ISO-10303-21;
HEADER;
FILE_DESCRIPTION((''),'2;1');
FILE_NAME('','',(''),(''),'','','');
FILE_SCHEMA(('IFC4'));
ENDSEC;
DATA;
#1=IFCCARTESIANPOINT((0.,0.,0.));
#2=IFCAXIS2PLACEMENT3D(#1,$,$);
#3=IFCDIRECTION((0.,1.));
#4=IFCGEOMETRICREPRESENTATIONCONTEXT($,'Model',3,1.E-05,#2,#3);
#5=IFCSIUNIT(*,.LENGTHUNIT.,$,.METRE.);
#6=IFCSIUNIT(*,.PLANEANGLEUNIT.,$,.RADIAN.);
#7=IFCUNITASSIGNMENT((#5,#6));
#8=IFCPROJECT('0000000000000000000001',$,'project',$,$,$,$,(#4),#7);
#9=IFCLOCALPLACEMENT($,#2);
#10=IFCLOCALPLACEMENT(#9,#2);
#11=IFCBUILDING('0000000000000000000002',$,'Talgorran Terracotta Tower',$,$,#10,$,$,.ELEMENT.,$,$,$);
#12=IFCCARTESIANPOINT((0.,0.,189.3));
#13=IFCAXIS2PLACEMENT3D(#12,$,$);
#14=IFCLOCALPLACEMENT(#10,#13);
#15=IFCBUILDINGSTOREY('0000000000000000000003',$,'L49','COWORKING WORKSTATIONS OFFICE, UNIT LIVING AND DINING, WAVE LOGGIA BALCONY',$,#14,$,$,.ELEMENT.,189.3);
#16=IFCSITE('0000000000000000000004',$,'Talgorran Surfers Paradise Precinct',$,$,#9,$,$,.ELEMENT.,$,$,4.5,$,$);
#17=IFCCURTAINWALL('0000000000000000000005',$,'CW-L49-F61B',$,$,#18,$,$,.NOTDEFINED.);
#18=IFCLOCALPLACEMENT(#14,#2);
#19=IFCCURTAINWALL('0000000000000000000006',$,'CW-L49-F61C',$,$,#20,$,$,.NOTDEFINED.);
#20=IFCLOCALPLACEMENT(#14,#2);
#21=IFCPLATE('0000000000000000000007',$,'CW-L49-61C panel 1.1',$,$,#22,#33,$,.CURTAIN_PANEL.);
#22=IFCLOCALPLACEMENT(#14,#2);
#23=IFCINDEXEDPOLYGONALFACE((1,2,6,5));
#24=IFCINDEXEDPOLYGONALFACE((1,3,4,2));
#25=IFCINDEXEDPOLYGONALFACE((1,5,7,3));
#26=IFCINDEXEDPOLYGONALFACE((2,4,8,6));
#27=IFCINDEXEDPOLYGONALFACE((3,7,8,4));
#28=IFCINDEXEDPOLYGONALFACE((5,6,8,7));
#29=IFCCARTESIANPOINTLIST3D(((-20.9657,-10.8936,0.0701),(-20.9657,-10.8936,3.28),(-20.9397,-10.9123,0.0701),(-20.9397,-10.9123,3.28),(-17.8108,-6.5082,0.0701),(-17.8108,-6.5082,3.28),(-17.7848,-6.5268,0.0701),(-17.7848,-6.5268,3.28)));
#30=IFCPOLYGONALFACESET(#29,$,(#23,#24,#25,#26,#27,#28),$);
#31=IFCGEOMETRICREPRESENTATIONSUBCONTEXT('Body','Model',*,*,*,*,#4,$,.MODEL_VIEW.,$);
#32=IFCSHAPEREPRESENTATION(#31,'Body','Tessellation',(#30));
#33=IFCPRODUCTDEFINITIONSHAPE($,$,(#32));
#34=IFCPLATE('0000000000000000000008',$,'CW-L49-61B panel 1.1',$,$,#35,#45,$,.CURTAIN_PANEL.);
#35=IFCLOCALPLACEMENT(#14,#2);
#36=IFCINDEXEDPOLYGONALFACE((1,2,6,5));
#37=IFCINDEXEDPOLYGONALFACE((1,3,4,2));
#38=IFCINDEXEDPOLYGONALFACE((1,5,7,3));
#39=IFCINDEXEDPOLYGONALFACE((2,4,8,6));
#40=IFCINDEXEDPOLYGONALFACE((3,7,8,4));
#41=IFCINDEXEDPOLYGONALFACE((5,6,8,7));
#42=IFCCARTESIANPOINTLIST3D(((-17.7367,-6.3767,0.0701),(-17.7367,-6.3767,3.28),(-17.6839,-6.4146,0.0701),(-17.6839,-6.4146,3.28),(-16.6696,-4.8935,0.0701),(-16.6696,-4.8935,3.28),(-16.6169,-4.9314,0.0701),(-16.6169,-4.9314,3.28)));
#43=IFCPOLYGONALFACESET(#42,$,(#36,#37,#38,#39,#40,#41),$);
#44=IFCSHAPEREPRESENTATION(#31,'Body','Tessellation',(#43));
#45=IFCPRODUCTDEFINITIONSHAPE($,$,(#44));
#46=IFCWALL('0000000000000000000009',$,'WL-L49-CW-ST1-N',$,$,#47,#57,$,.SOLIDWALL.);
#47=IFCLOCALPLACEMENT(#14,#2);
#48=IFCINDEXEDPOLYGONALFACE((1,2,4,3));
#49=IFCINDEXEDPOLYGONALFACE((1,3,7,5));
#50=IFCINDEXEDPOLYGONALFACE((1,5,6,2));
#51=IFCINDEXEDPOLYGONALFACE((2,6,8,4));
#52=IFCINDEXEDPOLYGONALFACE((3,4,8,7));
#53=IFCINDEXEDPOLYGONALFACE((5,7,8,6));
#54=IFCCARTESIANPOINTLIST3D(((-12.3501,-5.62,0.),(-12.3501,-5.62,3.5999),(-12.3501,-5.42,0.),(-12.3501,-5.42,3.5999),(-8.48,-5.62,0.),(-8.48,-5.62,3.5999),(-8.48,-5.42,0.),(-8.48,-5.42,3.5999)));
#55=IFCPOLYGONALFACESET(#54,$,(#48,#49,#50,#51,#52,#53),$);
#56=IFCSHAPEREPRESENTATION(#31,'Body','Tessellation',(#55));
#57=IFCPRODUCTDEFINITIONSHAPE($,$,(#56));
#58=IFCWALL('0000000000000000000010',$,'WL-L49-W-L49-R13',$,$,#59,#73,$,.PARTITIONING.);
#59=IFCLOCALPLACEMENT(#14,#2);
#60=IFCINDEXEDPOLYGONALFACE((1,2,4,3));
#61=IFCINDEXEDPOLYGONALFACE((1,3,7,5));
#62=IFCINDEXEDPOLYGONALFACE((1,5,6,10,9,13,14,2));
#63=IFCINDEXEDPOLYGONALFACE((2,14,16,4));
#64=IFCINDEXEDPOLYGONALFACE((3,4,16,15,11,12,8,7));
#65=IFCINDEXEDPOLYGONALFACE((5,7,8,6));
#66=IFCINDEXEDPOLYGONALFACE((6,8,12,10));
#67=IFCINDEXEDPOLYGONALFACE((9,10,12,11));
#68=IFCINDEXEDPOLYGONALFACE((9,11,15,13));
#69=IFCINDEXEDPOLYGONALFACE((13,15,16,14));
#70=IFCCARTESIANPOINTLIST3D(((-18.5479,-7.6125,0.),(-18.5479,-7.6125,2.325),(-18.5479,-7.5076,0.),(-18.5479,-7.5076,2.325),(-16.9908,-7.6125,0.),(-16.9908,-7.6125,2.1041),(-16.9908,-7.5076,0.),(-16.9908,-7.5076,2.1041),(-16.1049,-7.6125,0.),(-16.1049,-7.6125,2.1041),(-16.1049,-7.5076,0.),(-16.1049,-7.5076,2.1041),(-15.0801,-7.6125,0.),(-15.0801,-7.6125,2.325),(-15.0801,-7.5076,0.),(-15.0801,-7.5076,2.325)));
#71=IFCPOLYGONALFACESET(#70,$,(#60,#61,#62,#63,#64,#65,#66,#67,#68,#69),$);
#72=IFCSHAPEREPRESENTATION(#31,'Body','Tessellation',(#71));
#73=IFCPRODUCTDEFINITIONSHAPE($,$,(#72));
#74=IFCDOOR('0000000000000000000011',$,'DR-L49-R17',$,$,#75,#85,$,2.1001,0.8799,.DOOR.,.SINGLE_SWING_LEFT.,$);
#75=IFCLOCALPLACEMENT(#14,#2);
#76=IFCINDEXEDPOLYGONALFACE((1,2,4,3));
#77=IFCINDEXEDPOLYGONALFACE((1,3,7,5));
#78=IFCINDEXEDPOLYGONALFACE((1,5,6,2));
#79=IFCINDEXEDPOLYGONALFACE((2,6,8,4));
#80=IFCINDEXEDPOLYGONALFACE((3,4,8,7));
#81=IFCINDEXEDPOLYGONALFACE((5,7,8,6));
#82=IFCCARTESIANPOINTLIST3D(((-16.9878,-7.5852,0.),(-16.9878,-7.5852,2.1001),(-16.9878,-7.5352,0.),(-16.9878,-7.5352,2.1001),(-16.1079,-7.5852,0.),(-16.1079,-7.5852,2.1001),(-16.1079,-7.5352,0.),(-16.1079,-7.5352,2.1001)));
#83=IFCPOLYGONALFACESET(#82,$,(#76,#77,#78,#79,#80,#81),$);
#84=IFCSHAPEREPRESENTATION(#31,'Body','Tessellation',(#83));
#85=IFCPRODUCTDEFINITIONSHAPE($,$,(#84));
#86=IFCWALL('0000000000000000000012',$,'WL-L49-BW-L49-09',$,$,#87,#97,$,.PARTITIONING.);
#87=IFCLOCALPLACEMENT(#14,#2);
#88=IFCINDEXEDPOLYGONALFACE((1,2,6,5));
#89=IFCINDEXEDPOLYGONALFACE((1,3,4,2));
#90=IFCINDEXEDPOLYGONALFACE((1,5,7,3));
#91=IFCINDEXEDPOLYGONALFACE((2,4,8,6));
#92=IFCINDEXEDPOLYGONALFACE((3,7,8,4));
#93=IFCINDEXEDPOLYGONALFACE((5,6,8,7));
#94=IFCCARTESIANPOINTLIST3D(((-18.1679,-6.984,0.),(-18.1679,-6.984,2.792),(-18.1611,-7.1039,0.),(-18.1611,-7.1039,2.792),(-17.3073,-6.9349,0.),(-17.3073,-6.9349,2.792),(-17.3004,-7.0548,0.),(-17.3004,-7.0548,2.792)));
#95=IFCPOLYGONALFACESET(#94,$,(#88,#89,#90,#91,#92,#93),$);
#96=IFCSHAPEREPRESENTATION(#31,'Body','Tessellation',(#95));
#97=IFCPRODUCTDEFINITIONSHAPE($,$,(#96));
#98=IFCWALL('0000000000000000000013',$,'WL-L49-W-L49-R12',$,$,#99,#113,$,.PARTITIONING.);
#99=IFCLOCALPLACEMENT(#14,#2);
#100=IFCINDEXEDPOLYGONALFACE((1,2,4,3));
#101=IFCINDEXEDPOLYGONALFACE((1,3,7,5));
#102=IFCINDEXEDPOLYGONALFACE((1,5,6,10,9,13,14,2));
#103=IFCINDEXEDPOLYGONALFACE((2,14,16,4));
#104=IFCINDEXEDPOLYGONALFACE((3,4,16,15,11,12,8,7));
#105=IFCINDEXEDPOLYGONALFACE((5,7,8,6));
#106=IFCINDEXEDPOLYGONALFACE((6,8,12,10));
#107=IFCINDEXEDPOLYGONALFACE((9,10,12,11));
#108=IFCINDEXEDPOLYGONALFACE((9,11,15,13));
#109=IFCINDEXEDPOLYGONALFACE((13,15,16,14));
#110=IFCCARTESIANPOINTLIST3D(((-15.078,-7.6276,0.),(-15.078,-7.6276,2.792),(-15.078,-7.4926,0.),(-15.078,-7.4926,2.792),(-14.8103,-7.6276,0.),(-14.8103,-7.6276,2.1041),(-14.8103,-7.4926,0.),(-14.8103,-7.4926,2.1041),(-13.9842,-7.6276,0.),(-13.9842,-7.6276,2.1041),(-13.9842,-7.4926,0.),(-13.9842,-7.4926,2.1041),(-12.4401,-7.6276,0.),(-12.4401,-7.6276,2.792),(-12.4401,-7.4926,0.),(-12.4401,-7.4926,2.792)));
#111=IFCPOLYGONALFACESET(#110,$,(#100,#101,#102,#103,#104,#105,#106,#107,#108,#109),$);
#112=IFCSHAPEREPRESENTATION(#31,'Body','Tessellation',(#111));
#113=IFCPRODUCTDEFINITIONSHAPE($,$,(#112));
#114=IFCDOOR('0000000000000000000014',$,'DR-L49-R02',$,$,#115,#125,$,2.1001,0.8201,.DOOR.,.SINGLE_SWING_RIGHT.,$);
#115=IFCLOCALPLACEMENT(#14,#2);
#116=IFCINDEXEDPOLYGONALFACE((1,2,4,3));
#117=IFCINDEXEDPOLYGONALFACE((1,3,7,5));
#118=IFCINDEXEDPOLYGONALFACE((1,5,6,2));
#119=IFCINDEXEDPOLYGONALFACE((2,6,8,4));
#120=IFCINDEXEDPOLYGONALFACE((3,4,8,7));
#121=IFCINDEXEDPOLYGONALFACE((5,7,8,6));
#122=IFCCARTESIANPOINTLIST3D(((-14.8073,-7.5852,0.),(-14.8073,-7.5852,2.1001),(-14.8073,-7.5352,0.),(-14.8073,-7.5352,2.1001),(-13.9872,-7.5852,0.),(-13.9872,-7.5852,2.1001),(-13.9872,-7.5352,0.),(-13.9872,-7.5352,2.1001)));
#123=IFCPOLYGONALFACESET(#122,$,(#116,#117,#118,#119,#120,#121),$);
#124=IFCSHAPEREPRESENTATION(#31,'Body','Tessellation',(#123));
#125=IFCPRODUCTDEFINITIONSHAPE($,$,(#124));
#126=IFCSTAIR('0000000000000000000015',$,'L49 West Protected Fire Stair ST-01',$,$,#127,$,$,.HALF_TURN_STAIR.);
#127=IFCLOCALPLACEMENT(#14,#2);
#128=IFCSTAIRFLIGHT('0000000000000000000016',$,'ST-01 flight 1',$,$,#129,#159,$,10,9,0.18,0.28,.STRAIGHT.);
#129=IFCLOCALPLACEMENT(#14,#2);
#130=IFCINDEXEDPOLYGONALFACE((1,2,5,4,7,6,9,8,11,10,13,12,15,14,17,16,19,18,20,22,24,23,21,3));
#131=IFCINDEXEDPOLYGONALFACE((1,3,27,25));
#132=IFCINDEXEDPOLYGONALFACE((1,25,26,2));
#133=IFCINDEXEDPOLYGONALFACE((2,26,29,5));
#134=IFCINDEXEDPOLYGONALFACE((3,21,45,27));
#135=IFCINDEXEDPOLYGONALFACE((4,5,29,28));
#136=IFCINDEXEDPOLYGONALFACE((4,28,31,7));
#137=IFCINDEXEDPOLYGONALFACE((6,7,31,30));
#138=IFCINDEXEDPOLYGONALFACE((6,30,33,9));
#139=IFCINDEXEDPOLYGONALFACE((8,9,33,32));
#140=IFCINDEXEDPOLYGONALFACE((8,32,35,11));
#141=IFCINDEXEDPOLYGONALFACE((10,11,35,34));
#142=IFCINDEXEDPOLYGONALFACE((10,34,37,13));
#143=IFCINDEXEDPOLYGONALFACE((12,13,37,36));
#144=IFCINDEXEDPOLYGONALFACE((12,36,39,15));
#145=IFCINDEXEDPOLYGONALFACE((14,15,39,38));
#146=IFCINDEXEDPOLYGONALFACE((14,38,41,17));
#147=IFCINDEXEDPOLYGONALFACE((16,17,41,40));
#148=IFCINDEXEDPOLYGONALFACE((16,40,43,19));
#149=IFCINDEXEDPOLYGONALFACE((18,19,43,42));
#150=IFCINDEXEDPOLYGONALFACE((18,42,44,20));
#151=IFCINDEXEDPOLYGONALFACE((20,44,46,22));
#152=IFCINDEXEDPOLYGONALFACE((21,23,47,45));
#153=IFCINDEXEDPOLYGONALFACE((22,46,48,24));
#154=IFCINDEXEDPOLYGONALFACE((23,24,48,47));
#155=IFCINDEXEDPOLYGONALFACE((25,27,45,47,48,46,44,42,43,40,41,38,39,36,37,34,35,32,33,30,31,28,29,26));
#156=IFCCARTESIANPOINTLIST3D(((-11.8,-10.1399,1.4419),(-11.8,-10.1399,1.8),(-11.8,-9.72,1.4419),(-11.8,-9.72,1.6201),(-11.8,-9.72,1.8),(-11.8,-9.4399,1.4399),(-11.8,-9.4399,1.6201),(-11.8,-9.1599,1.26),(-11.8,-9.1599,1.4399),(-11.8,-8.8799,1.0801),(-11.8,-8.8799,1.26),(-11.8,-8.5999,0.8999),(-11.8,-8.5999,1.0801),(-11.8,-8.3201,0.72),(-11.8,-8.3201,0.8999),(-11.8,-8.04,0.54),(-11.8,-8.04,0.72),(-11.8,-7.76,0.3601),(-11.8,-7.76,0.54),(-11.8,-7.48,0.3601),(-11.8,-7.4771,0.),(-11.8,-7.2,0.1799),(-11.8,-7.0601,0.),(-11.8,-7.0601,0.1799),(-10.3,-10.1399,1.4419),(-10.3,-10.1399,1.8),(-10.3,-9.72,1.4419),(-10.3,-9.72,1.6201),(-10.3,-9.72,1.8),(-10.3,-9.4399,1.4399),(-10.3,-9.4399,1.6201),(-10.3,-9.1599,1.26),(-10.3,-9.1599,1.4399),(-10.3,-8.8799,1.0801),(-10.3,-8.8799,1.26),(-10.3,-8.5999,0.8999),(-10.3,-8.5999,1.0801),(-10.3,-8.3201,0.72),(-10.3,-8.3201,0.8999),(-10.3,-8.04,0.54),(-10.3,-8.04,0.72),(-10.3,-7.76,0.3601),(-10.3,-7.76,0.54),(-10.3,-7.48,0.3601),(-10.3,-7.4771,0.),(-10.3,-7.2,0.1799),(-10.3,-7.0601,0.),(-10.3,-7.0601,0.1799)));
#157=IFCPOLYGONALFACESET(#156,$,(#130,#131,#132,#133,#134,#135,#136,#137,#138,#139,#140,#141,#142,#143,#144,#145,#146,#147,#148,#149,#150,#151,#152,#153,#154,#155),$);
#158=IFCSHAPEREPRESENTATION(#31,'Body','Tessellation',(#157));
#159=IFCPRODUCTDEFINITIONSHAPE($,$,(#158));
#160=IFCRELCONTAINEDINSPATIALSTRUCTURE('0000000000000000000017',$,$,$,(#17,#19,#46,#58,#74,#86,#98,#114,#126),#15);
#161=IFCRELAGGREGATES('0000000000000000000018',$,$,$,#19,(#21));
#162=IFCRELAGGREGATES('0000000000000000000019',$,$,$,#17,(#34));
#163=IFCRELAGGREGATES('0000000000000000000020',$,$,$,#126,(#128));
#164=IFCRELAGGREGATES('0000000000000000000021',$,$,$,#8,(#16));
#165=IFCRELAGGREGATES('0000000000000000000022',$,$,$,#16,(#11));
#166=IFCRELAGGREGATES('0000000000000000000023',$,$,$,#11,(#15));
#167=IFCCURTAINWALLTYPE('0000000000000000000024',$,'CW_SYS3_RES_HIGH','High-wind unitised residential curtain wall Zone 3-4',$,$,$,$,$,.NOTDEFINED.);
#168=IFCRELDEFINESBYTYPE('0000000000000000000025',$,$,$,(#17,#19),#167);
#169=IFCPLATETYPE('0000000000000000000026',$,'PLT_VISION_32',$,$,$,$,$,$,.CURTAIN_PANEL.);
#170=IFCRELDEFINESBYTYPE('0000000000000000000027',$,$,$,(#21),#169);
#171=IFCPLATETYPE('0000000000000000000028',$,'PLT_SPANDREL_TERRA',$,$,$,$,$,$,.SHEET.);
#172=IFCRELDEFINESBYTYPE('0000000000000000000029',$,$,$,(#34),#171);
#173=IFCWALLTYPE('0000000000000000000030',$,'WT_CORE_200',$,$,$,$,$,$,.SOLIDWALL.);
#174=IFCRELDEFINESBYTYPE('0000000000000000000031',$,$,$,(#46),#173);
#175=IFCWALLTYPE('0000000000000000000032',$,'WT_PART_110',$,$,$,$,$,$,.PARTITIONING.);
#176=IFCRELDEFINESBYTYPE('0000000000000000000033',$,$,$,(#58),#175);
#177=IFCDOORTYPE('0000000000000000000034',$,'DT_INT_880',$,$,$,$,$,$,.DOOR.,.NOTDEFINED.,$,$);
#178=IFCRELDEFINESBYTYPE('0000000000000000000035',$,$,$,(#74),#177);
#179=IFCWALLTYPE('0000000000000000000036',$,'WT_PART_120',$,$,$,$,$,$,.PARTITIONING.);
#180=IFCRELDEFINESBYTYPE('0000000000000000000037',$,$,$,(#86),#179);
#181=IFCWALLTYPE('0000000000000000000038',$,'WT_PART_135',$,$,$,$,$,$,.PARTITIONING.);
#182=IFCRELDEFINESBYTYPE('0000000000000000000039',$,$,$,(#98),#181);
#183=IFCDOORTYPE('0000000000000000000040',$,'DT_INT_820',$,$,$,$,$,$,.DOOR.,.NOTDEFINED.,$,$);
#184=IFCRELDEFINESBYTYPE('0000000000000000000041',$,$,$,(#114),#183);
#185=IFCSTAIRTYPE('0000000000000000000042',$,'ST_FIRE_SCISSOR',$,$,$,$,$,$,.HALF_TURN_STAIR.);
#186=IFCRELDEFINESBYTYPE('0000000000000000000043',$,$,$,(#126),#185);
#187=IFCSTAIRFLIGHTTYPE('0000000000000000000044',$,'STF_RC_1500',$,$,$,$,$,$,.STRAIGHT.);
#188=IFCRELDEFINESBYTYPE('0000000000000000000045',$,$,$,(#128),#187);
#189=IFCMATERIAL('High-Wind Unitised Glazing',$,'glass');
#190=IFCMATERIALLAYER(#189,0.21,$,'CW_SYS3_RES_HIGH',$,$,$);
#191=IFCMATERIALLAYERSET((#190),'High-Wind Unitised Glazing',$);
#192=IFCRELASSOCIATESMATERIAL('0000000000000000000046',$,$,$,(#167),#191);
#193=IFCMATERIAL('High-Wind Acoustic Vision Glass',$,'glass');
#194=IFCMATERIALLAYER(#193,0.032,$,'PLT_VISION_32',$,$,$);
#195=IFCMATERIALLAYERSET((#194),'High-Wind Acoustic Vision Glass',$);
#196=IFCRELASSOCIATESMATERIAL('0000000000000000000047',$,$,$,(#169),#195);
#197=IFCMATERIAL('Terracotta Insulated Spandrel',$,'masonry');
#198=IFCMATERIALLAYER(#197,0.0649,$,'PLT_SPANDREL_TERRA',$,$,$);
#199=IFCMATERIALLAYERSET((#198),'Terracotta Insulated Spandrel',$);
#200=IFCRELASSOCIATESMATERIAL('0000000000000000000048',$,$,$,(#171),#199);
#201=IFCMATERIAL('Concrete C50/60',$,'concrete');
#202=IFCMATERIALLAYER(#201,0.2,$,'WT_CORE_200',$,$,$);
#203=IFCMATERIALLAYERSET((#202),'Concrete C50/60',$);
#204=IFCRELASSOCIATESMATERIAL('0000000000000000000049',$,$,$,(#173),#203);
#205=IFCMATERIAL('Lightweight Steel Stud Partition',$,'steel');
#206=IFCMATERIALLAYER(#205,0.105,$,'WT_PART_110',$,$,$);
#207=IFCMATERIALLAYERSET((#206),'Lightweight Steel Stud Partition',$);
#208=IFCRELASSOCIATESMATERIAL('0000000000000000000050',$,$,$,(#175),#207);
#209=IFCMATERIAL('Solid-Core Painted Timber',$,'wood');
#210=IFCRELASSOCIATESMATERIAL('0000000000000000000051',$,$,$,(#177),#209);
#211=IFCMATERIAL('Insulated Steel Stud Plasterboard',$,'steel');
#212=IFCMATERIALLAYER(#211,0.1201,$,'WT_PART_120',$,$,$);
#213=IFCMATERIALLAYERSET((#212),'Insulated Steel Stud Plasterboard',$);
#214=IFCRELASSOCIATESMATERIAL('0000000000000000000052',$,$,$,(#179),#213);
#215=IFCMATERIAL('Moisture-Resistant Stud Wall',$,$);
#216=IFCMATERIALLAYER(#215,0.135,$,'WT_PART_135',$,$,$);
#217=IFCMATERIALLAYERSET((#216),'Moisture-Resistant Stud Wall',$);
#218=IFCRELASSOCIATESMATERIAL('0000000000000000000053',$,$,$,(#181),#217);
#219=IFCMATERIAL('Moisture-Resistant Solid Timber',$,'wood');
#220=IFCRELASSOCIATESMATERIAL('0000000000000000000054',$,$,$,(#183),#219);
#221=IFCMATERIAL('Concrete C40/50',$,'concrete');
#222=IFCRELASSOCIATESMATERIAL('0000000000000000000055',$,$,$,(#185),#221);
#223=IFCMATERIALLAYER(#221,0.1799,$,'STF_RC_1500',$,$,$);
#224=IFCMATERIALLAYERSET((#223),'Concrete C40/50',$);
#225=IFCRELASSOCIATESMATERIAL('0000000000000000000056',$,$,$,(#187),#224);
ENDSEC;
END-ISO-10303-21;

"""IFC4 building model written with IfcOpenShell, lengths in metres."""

from ifc_helpers import new_model, si_unit, direction, frame, frame_2d, origin, origin_2d, place, context, subcontext, project, spatial, polyline, rectangle, outline, extrude, source, transform, mapped, material, layer, layer_set, type_object, type_shapes, element, fill, aggregate, save


model = new_model("IFC4")

# Units and contexts
model_context = context("Model", 3, precision=1e-05, world=origin(), true_north=direction((0.0, 1.0)))
body_context = subcontext(model_context, "Body", "Model", "MODEL_VIEW")
ifc_project = project(units=[si_unit("LENGTHUNIT", "METRE"), si_unit("PLANEANGLEUNIT", "RADIAN")], contexts=[model_context])

# Site, building, storey
site_placement = place(None, origin())
site = spatial("IfcSite", under=ifc_project, at=site_placement, Name="Talgorran Surfers Paradise Precinct", CompositionType="ELEMENT", RefElevation=4.5)
building_placement = place(site_placement, origin())
building = spatial("IfcBuilding", under=site, at=building_placement, Name="Talgorran Terracotta Tower", CompositionType="ELEMENT")
storey_placement = place(building_placement, frame((0.0, 0.0, 189.3)))
storey = spatial("IfcBuildingStorey", under=building, at=storey_placement, Name="L49", Description="COWORKING WORKSTATIONS OFFICE, UNIT LIVING AND DINING, WAVE LOGGIA BALCONY", CompositionType="ELEMENT", Elevation=189.3)

# Curtain wall
ifc_material_1 = material(Name="High-Wind Unitised Glazing", Category="glass")
ifc_layer_1 = layer(ifc_material_1, 0.21, Name="CW_SYS3_RES_HIGH")
ifc_layer_set_1 = layer_set([ifc_layer_1], Name="High-Wind Unitised Glazing")
curtain_wall_type = type_object("IfcCurtainWallType", Name="CW_SYS3_RES_HIGH", Description="High-wind unitised residential curtain wall Zone 3-4", PredefinedType="NOTDEFINED", material=ifc_layer_set_1)
curtain_wall_1_placement = place(storey_placement, origin())
curtain_wall_1 = element("IfcCurtainWall", 1, at=curtain_wall_1_placement, inside=storey, type_object=curtain_wall_type, Name="CW-L49-F61B", PredefinedType="NOTDEFINED")

# Curtain wall
curtain_wall_2_placement = place(storey_placement, origin())
curtain_wall_2 = element("IfcCurtainWall", 2, at=curtain_wall_2_placement, inside=storey, type_object=curtain_wall_type, Name="CW-L49-F61C", PredefinedType="NOTDEFINED")

# Plates
ifc_material_2 = material(Name="High-Wind Acoustic Vision Glass", Category="glass")
ifc_layer_2 = layer(ifc_material_2, 0.032, Name="PLT_VISION_32")
ifc_layer_set_2 = layer_set([ifc_layer_2], Name="High-Wind Acoustic Vision Glass")
plate_type_1 = type_object("IfcPlateType", Name="PLT_VISION_32", PredefinedType="CURTAIN_PANEL", material=ifc_layer_set_2)
shared_shape_1 = source(origin(), body_context, "Body", "SweptSolid", [
    extrude(rectangle(XDim=5.4023, YDim=0.032, at=origin_2d()), origin(), (0.0, 0.0, 1.0), 3.21),
])
plate_1_placement = place(storey_placement, frame((-19.3752, -8.7102, 0.0701), z_axis=(0.0, 0.0, 1.0), x_axis=(-0.583986, -0.811764, 0.0)))
plate_1 = element("IfcPlate", 3, at=plate_1_placement, type_object=plate_type_1, Name="CW-L49-61C panel 1.1", PredefinedType="CURTAIN_PANEL", context=body_context, shape_type="MappedRepresentation", body=[
    mapped(shared_shape_1, transform((0.0, 0.0, 0.0), scale=1.0)),
])
aggregate(curtain_wall_2, [plate_1])
ifc_material_3 = material(Name="Terracotta Insulated Spandrel", Category="masonry")
ifc_layer_3 = layer(ifc_material_3, 0.0649, Name="PLT_SPANDREL_TERRA")
ifc_layer_set_3 = layer_set([ifc_layer_3], Name="Terracotta Insulated Spandrel")
plate_type_2 = type_object("IfcPlateType", Name="PLT_SPANDREL_TERRA", PredefinedType="SHEET", material=ifc_layer_set_3)
shared_shape_2 = source(origin(), body_context, "Body", "SweptSolid", [
    extrude(rectangle(XDim=1.8271, YDim=0.0649, at=origin_2d()), origin(), (0.0, 0.0, 1.0), 3.21),
])
type_shapes(plate_type_2, [shared_shape_2])
plate_2_placement = place(storey_placement, frame((-17.1768, -5.6541, 0.0701), z_axis=(0.0, 0.0, 1.0), x_axis=(-0.584014, -0.811744, 0.0)))
plate_2 = element("IfcPlate", 4, at=plate_2_placement, type_object=plate_type_2, Name="CW-L49-61B panel 1.1", PredefinedType="CURTAIN_PANEL", context=body_context, shape_type="MappedRepresentation", body=[
    mapped(shared_shape_2, transform((0.0, 0.0, 0.0), scale=1.0)),
])
aggregate(curtain_wall_1, [plate_2])

# Wall
ifc_material_4 = material(Name="Concrete C50/60", Category="concrete")
ifc_layer_4 = layer(ifc_material_4, 0.2, Name="WT_CORE_200")
ifc_layer_set_4 = layer_set([ifc_layer_4], Name="Concrete C50/60")
wall_type_1 = type_object("IfcWallType", Name="WT_CORE_200", PredefinedType="SOLIDWALL", material=ifc_layer_set_4)
wall_1_placement = place(storey_placement, frame((-12.3501, -5.52, 0.0), z_axis=(0.0, 0.0, 1.0), x_axis=(1.0, 0.0, 0.0)))
element("IfcWall", 5, at=wall_1_placement, inside=storey, type_object=wall_type_1, Name="WL-L49-CW-ST1-N", PredefinedType="SOLIDWALL", context=body_context, shape_type="SweptSolid", body=[
    extrude(rectangle(XDim=3.8701, YDim=0.2, at=frame_2d((1.9351, 0.0))), origin(), (0.0, 0.0, 1.0), 3.5999),
])

# Wall, opening, door
ifc_material_5 = material(Name="Lightweight Steel Stud Partition", Category="steel")
ifc_layer_5 = layer(ifc_material_5, 0.105, Name="WT_PART_110")
ifc_layer_set_5 = layer_set([ifc_layer_5], Name="Lightweight Steel Stud Partition")
wall_type_2 = type_object("IfcWallType", Name="WT_PART_110", PredefinedType="PARTITIONING", material=ifc_layer_set_5)
wall_2_placement = place(storey_placement, frame((-18.5479, -7.5601, 0.0), z_axis=(0.0, 0.0, 1.0), x_axis=(1.0, 0.0, 0.0)))
wall_2 = element("IfcWall", 6, at=wall_2_placement, inside=storey, type_object=wall_type_2, Name="WL-L49-W-L49-R13", PredefinedType="PARTITIONING", context=body_context, shape_type="SweptSolid", body=[
    extrude(rectangle(XDim=3.4678, YDim=0.105, at=frame_2d((1.7339, 0.0))), origin(), (0.0, 0.0, 1.0), 2.325),
])
opening_1_placement = place(wall_2_placement, frame((1.5601, 0.0, 0.0)))
opening_1 = element("IfcOpeningElement", 7, at=opening_1_placement, cuts=wall_2, PredefinedType="OPENING", context=body_context, shape_type="SweptSolid", body=[
    extrude(rectangle(XDim=0.8859, YDim=2.1041, at=frame_2d((0.4399, 1.052))), frame((0.0, 0.0625, 0.0), z_axis=(0.0, -1.0, 0.0), x_axis=(1.0, 0.0, 0.0)), (0.0, 0.0, 1.0), 0.125),
])
ifc_material_6 = material(Name="Solid-Core Painted Timber", Category="wood")
door_type_1 = type_object("IfcDoorType", Name="DT_INT_880", OperationType="NOTDEFINED", PredefinedType="DOOR", material=ifc_material_6)
door_1_placement = place(opening_1_placement, origin())
door_1 = element("IfcDoor", 8, at=door_1_placement, inside=storey, type_object=door_type_1, Name="DR-L49-R17", OperationType="SINGLE_SWING_LEFT", OverallHeight=2.1001, OverallWidth=0.8799, PredefinedType="DOOR", context=body_context, shape_type="SweptSolid", body=[
    extrude(rectangle(XDim=0.8799, YDim=2.1001, at=frame_2d((0.4399, 1.05))), frame((0.0, 0.0249, 0.0), z_axis=(0.0, -1.0, 0.0), x_axis=(1.0, 0.0, 0.0)), (0.0, 0.0, 1.0), 0.05),
])
fill(opening_1, door_1)

# Wall
ifc_material_7 = material(Name="Insulated Steel Stud Plasterboard", Category="steel")
ifc_layer_6 = layer(ifc_material_7, 0.1201, Name="WT_PART_120")
ifc_layer_set_6 = layer_set([ifc_layer_6], Name="Insulated Steel Stud Plasterboard")
wall_type_3 = type_object("IfcWallType", Name="WT_PART_120", PredefinedType="PARTITIONING", material=ifc_layer_set_6)
wall_3_placement = place(storey_placement, frame((-17.3037, -6.9949, 0.0), z_axis=(0.0, 0.0, 1.0), x_axis=(-0.998378, -0.056929, 0.0)))
element("IfcWall", 9, at=wall_3_placement, inside=storey, type_object=wall_type_3, Name="WL-L49-BW-L49-09", PredefinedType="PARTITIONING", context=body_context, shape_type="SweptSolid", body=[
    extrude(rectangle(XDim=0.8621, YDim=0.1201, at=frame_2d((0.4312, 0.0))), origin(), (0.0, 0.0, 1.0), 2.792),
])

# Wall, opening, door
ifc_material_8 = material(Name="Moisture-Resistant Stud Wall")
ifc_layer_7 = layer(ifc_material_8, 0.135, Name="WT_PART_135")
ifc_layer_set_7 = layer_set([ifc_layer_7], Name="Moisture-Resistant Stud Wall")
wall_type_4 = type_object("IfcWallType", Name="WT_PART_135", PredefinedType="PARTITIONING", material=ifc_layer_set_7)
wall_4_placement = place(storey_placement, frame((-15.0779, -7.5601, 0.0), z_axis=(0.0, 0.0, 1.0), x_axis=(1.0, 0.0, 0.0)))
wall_4 = element("IfcWall", 10, at=wall_4_placement, inside=storey, type_object=wall_type_4, Name="WL-L49-W-L49-R12", PredefinedType="PARTITIONING", context=body_context, shape_type="SweptSolid", body=[
    extrude(rectangle(XDim=2.6379, YDim=0.135, at=frame_2d((1.3188, 0.0))), origin(), (0.0, 0.0, 1.0), 2.792),
])
opening_2_placement = place(wall_4_placement, frame((0.2705, 0.0, 0.0)))
opening_2 = element("IfcOpeningElement", 11, at=opening_2_placement, cuts=wall_4, PredefinedType="OPENING", context=body_context, shape_type="SweptSolid", body=[
    extrude(rectangle(XDim=0.8261, YDim=2.1041, at=frame_2d((0.4102, 1.052))), frame((0.0, 0.0776, 0.0), z_axis=(0.0, -1.0, 0.0), x_axis=(1.0, 0.0, 0.0)), (0.0, 0.0, 1.0), 0.155),
])
ifc_material_9 = material(Name="Moisture-Resistant Solid Timber", Category="wood")
door_type_2 = type_object("IfcDoorType", Name="DT_INT_820", OperationType="NOTDEFINED", PredefinedType="DOOR", material=ifc_material_9)
door_2_placement = place(opening_2_placement, origin())
door_2 = element("IfcDoor", 12, at=door_2_placement, inside=storey, type_object=door_type_2, Name="DR-L49-R02", OperationType="SINGLE_SWING_RIGHT", OverallHeight=2.1001, OverallWidth=0.8201, PredefinedType="DOOR", context=body_context, shape_type="SweptSolid", body=[
    extrude(rectangle(XDim=0.8201, YDim=2.1001, at=frame_2d((0.4102, 1.05))), frame((0.0, 0.0249, 0.0), z_axis=(0.0, -1.0, 0.0), x_axis=(1.0, 0.0, 0.0)), (0.0, 0.0, 1.0), 0.05),
])
fill(opening_2, door_2)

# Stair, stair flight
ifc_material_10 = material(Name="Concrete C40/50", Category="concrete")
stair_type = type_object("IfcStairType", Name="ST_FIRE_SCISSOR", PredefinedType="HALF_TURN_STAIR", material=ifc_material_10)
stair_placement = place(storey_placement, origin())
stair = element("IfcStair", 13, at=stair_placement, inside=storey, type_object=stair_type, Name="L49 West Protected Fire Stair ST-01", PredefinedType="HALF_TURN_STAIR")
ifc_layer_8 = layer(ifc_material_10, 0.1799, Name="STF_RC_1500")
ifc_layer_set_8 = layer_set([ifc_layer_8], Name="Concrete C40/50")
stair_flight_type = type_object("IfcStairFlightType", Name="STF_RC_1500", PredefinedType="STRAIGHT", material=ifc_layer_set_8)
stair_flight_placement = place(storey_placement, frame((-11.05, -7.2, 0.0), z_axis=(0.0, 0.0, 1.0), x_axis=(0.0, -1.0, 0.0)))
stair_flight = element("IfcStairFlight", 14, at=stair_flight_placement, type_object=stair_flight_type, Name="ST-01 flight 1", NumberOfRisers=10, NumberOfTreads=9, PredefinedType="STRAIGHT", RiserHeight=0.18, TreadLength=0.28, context=body_context, shape_type="SweptSolid", body=[
    extrude(outline(polyline([(-0.1399, 0.0), (-0.1399, 0.1799), (0.0, 0.1799), (0.28, 0.3601), (0.5601, 0.3601), (0.5601, 0.54), (0.8401, 0.54), (0.8401, 0.72), (1.1201, 0.72), (1.1201, 0.8999), (1.3999, 0.8999), (1.3999, 1.0801), (1.6799, 1.0801), (1.6799, 1.26), (1.96, 1.26), (1.96, 1.4399), (2.24, 1.4399), (2.24, 1.6201), (2.52, 1.6201), (2.52, 1.8), (2.9399, 1.8), (2.9399, 1.4419), (2.52, 1.4419), (0.2771, 0.0), (-0.1399, 0.0)])), frame((0.0, 0.75, 0.0), z_axis=(0.0, -1.0, 0.0), x_axis=(1.0, 0.0, 0.0)), (0.0, 0.0, 1.0), 1.5),
])
aggregate(stair, [stair_flight])

save(model, "model.ifc")
